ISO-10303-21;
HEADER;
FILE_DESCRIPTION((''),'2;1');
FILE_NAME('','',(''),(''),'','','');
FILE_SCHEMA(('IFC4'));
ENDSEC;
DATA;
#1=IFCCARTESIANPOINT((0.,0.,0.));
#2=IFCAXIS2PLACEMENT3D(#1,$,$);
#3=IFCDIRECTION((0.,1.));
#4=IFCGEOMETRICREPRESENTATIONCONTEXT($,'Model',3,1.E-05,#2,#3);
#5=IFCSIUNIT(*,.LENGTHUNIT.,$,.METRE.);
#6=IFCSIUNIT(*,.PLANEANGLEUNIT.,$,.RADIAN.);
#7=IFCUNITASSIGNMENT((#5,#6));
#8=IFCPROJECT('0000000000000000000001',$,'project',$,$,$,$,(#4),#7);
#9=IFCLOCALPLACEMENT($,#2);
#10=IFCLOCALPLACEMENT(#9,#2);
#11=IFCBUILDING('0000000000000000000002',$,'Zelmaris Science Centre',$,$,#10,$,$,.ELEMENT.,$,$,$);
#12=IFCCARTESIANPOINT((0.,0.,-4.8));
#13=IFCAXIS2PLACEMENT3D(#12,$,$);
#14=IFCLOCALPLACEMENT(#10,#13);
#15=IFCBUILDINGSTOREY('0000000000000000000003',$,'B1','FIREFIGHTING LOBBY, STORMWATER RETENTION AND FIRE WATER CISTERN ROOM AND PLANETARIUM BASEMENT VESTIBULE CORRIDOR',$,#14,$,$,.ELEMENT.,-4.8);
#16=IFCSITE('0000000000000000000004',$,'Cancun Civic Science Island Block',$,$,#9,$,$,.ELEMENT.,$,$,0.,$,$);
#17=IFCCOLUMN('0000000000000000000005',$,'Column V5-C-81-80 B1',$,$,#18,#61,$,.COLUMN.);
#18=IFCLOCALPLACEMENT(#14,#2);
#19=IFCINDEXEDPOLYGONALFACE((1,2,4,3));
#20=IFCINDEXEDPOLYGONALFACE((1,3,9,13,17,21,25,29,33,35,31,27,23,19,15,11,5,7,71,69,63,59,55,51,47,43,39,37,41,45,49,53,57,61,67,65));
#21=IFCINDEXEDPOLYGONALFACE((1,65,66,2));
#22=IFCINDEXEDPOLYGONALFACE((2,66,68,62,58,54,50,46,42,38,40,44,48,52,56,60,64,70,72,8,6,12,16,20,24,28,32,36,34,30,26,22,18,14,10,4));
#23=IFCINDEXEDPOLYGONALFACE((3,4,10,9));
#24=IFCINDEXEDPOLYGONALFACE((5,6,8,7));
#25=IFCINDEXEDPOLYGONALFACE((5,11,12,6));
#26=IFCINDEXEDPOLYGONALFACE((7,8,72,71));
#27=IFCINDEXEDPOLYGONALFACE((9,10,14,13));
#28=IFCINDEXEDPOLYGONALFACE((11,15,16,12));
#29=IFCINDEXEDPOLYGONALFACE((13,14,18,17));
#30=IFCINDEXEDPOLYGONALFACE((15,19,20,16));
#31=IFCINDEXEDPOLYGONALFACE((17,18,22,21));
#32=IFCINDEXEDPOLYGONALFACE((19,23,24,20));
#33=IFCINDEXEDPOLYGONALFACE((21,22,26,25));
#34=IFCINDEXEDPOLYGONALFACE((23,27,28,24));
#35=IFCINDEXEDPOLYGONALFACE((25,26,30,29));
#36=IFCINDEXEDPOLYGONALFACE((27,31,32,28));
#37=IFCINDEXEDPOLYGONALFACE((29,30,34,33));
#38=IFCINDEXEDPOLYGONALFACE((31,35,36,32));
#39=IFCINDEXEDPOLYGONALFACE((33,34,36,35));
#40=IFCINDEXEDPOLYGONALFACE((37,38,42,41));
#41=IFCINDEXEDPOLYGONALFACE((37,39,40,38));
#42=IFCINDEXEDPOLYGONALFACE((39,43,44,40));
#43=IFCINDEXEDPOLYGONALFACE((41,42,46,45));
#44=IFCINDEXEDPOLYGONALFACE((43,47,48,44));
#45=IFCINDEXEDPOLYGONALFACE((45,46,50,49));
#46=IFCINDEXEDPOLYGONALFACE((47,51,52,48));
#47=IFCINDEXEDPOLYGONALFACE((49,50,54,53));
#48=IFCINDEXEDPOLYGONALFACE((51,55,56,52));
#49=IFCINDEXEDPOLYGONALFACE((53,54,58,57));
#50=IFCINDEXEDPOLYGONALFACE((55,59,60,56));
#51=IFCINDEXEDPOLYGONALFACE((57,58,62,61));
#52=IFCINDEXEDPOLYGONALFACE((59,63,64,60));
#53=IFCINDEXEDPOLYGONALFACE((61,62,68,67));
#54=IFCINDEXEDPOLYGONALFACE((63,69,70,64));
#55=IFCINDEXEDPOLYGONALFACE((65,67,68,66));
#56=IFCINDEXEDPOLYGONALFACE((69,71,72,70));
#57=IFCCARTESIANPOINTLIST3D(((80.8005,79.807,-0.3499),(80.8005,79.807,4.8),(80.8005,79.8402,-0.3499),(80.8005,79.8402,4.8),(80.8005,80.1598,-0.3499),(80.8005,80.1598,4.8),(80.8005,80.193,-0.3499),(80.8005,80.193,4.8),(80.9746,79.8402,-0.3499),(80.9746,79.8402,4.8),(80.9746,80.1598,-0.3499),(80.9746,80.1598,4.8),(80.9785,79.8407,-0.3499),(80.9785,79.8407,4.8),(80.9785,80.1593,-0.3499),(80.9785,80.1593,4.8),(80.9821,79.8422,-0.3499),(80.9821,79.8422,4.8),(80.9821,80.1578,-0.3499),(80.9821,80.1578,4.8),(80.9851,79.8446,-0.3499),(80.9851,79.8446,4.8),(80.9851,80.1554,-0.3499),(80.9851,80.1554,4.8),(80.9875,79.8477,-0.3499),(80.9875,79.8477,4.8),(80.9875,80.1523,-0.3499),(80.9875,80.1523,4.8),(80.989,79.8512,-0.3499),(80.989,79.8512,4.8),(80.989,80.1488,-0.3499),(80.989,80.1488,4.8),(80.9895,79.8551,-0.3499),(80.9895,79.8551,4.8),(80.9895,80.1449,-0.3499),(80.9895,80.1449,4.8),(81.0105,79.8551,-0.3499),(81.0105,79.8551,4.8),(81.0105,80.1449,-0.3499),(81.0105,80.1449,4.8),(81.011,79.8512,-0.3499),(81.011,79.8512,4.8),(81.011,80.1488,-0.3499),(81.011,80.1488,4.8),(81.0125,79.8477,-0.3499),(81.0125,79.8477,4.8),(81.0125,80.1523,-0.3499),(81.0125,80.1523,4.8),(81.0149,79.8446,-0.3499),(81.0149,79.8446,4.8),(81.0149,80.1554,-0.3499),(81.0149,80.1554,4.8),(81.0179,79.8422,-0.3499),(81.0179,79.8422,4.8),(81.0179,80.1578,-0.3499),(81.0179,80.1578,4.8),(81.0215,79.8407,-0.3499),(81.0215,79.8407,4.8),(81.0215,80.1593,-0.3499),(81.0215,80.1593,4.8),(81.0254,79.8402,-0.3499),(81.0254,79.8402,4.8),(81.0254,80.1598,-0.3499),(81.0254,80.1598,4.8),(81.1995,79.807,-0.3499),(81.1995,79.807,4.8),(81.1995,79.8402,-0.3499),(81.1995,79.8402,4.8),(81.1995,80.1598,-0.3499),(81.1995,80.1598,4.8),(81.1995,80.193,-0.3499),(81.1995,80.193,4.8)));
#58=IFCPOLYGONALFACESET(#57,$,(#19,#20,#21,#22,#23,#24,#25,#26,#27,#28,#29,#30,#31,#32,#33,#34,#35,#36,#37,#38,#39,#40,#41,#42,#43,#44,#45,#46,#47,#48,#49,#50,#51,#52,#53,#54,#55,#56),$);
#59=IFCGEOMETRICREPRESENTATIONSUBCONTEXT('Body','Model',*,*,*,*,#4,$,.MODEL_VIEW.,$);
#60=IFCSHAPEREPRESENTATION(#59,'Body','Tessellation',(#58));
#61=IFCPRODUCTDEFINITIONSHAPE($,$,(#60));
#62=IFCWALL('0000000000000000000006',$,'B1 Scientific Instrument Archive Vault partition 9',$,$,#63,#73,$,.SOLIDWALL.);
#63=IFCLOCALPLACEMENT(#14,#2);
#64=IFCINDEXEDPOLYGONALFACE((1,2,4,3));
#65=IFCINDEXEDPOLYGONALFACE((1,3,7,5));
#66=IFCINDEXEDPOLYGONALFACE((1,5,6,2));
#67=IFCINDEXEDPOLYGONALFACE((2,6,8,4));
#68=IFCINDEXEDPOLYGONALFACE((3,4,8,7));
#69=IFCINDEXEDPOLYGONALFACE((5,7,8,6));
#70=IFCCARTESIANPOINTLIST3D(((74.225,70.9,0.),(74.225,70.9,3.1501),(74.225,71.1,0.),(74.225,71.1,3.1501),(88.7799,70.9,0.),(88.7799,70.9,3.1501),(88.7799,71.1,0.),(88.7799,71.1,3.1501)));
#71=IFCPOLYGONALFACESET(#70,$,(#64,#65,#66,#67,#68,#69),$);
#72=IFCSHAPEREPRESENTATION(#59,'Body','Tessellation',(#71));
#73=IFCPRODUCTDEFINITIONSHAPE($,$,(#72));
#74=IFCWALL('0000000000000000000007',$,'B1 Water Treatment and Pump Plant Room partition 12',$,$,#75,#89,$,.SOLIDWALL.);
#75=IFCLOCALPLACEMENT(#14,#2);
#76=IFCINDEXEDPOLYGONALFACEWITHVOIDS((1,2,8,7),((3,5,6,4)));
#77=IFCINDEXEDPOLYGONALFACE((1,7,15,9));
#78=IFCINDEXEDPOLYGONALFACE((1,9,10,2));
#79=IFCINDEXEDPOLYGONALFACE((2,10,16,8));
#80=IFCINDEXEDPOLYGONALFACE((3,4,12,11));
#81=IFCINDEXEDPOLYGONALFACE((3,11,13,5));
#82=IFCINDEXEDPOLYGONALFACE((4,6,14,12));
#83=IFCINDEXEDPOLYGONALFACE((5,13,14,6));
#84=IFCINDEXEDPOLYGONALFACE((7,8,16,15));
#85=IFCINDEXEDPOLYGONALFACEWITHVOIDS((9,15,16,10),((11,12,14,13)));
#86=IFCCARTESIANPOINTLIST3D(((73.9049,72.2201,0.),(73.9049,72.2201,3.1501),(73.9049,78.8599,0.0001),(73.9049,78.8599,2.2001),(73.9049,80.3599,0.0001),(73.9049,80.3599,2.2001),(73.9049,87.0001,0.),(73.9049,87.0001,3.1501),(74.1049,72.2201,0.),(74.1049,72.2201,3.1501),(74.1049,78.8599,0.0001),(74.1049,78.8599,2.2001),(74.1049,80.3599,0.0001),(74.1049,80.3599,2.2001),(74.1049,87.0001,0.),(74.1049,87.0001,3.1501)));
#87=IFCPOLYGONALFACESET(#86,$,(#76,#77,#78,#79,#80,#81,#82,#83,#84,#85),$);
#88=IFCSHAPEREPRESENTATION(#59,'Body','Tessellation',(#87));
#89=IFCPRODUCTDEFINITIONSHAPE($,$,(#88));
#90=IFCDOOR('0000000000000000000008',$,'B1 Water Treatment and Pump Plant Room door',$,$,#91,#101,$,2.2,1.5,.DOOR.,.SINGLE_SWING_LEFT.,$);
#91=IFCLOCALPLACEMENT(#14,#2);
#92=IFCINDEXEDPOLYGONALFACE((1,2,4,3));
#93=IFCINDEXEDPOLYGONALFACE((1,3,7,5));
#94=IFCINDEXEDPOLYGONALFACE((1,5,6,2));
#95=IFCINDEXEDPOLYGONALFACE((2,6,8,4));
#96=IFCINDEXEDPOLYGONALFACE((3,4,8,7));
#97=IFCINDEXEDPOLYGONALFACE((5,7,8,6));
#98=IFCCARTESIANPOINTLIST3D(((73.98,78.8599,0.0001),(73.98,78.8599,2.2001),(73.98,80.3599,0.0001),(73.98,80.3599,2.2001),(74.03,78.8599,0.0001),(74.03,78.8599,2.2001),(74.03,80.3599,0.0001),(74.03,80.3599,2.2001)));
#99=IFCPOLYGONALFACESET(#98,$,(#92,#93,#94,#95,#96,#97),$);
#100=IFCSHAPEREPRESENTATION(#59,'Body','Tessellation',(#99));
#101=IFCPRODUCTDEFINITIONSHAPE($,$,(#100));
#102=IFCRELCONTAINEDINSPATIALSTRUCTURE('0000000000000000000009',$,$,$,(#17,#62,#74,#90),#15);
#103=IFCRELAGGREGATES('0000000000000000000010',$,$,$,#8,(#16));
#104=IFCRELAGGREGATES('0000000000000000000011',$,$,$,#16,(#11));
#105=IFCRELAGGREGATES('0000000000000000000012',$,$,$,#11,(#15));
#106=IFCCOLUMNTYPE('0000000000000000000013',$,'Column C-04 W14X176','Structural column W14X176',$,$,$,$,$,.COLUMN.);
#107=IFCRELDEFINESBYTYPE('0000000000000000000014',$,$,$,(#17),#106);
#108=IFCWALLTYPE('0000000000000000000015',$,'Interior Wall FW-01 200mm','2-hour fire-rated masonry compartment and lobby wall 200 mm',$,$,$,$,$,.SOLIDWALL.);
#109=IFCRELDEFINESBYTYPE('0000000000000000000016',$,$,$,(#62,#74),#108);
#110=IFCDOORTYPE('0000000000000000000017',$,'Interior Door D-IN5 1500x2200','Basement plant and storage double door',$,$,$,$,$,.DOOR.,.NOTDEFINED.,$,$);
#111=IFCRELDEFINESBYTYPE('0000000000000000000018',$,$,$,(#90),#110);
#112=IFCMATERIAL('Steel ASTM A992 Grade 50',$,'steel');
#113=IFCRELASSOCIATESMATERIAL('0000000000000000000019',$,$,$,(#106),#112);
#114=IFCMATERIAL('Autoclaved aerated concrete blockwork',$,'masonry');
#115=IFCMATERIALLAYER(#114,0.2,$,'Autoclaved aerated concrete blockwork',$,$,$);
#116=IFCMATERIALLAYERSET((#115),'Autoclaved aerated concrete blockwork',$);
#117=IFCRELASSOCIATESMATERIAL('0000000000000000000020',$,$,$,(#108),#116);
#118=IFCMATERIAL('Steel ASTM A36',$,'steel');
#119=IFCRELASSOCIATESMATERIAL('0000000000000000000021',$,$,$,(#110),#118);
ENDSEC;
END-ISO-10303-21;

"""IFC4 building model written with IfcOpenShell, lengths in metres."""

from ifc_helpers import new_model, si_unit, direction, frame, frame_2d, origin, origin_2d, place, context, subcontext, project, spatial, rectangle, i_section, extrude, material, layer, layer_set, material_profile, profile_set, type_object, element, fill, save


model = new_model("IFC4")

# Units and contexts
model_context = context("Model", 3, precision=1e-05, world=origin(), true_north=direction((0.0, 1.0)))
body_context = subcontext(model_context, "Body", "Model", "MODEL_VIEW")
ifc_project = project(units=[si_unit("LENGTHUNIT", "METRE"), si_unit("PLANEANGLEUNIT", "RADIAN")], contexts=[model_context])

# Site, building, storey
site_placement = place(None, origin())
site = spatial("IfcSite", under=ifc_project, at=site_placement, Name="Cancun Civic Science Island Block", CompositionType="ELEMENT", RefElevation=0.0)
building_placement = place(site_placement, origin())
building = spatial("IfcBuilding", under=site, at=building_placement, Name="Zelmaris Science Centre", CompositionType="ELEMENT")
storey_placement = place(building_placement, frame((0.0, 0.0, -4.8)))
storey = spatial("IfcBuildingStorey", under=building, at=storey_placement, Name="B1", Description="FIREFIGHTING LOBBY, STORMWATER RETENTION AND FIRE WATER CISTERN ROOM AND PLANETARIUM BASEMENT VESTIBULE CORRIDOR", CompositionType="ELEMENT", Elevation=-4.8)

# Column
ifc_material_1 = material(Name="Steel ASTM A992 Grade 50", Category="steel")
ifc_material_profile_1 = material_profile(ifc_material_1, i_section(OverallWidth=0.3989, OverallDepth=0.386, WebThickness=0.021, FlangeThickness=0.0332, FilletRadius=0.0149, at=origin_2d()), Name="W14X176")
ifc_profile_set_1 = profile_set([ifc_material_profile_1], Name="Steel ASTM A992 Grade 50")
column_type = type_object("IfcColumnType", Name="Column C-04 W14X176", Description="Structural column W14X176", PredefinedType="COLUMN", material=ifc_profile_set_1)
for number, where, z_axis, x_axis, name in (
    (1, (81.0, 80.0, -0.3499), (0.0, 0.0, 1.0), (1.0, 0.0, 0.0), "Column V5-C-81-80 B1"),
):
    element("IfcColumn", number, at=place(storey_placement, frame(where, z_axis=z_axis, x_axis=x_axis)), inside=storey, type_object=column_type, Name=name, PredefinedType="COLUMN", context=body_context, shape_type="SweptSolid", body=[
        extrude(i_section(OverallWidth=0.3989, OverallDepth=0.386, WebThickness=0.021, FlangeThickness=0.0332, FilletRadius=0.0149, at=origin_2d()), origin(), (0.0, 0.0, 1.0), 5.1499),
    ])

# Wall
ifc_material_2 = material(Name="Autoclaved aerated concrete blockwork", Category="masonry")
ifc_layer = layer(ifc_material_2, 0.2, Name="Autoclaved aerated concrete blockwork")
ifc_layer_set = layer_set([ifc_layer], Name="Autoclaved aerated concrete blockwork")
wall_type = type_object("IfcWallType", Name="Interior Wall FW-01 200mm", Description="2-hour fire-rated masonry compartment and lobby wall 200 mm", PredefinedType="SOLIDWALL", material=ifc_layer_set)
wall_1_placement = place(storey_placement, frame((74.2251, 71.0, 0.0), z_axis=(0.0, 0.0, 1.0), x_axis=(1.0, 0.0, 0.0)))
element("IfcWall", 2, at=wall_1_placement, inside=storey, type_object=wall_type, Name="B1 Scientific Instrument Archive Vault partition 9", PredefinedType="SOLIDWALL", context=body_context, shape_type="SweptSolid", body=[
    extrude(rectangle(XDim=14.5549, YDim=0.2, at=frame_2d((7.2773, 0.0))), origin(), (0.0, 0.0, 1.0), 3.1501),
])

# Wall, opening, door
wall_2_placement = place(storey_placement, frame((74.0049, 72.22, 0.0), z_axis=(0.0, 0.0, 1.0), x_axis=(0.0, 1.0, 0.0)))
wall_2 = element("IfcWall", 3, at=wall_2_placement, inside=storey, type_object=wall_type, Name="B1 Water Treatment and Pump Plant Room partition 12", PredefinedType="SOLIDWALL", context=body_context, shape_type="SweptSolid", body=[
    extrude(rectangle(XDim=14.78, YDim=0.2, at=frame_2d((7.3901, 0.0))), origin(), (0.0, 0.0, 1.0), 3.1501),
])
opening_placement = place(wall_2_placement, frame((6.6399, 0.0, 0.0)))
opening = element("IfcOpeningElement", 4, at=opening_placement, cuts=wall_2, PredefinedType="OPENING", context=body_context, shape_type="SweptSolid", body=[
    extrude(rectangle(XDim=1.5, YDim=2.2, at=frame_2d((0.75, 1.1001))), frame((0.0, 0.1099, 0.0), z_axis=(0.0, -1.0, 0.0), x_axis=(1.0, 0.0, 0.0)), (0.0, 0.0, 1.0), 0.22),
])
ifc_material_3 = material(Name="Steel ASTM A36", Category="steel")
door_type = type_object("IfcDoorType", Name="Interior Door D-IN5 1500x2200", Description="Basement plant and storage double door", OperationType="NOTDEFINED", PredefinedType="DOOR", material=ifc_material_3)
door_placement = place(opening_placement, origin())
door = element("IfcDoor", 5, at=door_placement, inside=storey, type_object=door_type, Name="B1 Water Treatment and Pump Plant Room door", OperationType="SINGLE_SWING_LEFT", OverallHeight=2.2, OverallWidth=1.5, PredefinedType="DOOR", context=body_context, shape_type="SweptSolid", body=[
    extrude(rectangle(XDim=1.5, YDim=2.2, at=frame_2d((0.75, 1.1001))), frame((0.0, 0.0249, 0.0), z_axis=(0.0, -1.0, 0.0), x_axis=(1.0, 0.0, 0.0)), (0.0, 0.0, 1.0), 0.05),
])
fill(opening, door)

save(model, "model.ifc")
